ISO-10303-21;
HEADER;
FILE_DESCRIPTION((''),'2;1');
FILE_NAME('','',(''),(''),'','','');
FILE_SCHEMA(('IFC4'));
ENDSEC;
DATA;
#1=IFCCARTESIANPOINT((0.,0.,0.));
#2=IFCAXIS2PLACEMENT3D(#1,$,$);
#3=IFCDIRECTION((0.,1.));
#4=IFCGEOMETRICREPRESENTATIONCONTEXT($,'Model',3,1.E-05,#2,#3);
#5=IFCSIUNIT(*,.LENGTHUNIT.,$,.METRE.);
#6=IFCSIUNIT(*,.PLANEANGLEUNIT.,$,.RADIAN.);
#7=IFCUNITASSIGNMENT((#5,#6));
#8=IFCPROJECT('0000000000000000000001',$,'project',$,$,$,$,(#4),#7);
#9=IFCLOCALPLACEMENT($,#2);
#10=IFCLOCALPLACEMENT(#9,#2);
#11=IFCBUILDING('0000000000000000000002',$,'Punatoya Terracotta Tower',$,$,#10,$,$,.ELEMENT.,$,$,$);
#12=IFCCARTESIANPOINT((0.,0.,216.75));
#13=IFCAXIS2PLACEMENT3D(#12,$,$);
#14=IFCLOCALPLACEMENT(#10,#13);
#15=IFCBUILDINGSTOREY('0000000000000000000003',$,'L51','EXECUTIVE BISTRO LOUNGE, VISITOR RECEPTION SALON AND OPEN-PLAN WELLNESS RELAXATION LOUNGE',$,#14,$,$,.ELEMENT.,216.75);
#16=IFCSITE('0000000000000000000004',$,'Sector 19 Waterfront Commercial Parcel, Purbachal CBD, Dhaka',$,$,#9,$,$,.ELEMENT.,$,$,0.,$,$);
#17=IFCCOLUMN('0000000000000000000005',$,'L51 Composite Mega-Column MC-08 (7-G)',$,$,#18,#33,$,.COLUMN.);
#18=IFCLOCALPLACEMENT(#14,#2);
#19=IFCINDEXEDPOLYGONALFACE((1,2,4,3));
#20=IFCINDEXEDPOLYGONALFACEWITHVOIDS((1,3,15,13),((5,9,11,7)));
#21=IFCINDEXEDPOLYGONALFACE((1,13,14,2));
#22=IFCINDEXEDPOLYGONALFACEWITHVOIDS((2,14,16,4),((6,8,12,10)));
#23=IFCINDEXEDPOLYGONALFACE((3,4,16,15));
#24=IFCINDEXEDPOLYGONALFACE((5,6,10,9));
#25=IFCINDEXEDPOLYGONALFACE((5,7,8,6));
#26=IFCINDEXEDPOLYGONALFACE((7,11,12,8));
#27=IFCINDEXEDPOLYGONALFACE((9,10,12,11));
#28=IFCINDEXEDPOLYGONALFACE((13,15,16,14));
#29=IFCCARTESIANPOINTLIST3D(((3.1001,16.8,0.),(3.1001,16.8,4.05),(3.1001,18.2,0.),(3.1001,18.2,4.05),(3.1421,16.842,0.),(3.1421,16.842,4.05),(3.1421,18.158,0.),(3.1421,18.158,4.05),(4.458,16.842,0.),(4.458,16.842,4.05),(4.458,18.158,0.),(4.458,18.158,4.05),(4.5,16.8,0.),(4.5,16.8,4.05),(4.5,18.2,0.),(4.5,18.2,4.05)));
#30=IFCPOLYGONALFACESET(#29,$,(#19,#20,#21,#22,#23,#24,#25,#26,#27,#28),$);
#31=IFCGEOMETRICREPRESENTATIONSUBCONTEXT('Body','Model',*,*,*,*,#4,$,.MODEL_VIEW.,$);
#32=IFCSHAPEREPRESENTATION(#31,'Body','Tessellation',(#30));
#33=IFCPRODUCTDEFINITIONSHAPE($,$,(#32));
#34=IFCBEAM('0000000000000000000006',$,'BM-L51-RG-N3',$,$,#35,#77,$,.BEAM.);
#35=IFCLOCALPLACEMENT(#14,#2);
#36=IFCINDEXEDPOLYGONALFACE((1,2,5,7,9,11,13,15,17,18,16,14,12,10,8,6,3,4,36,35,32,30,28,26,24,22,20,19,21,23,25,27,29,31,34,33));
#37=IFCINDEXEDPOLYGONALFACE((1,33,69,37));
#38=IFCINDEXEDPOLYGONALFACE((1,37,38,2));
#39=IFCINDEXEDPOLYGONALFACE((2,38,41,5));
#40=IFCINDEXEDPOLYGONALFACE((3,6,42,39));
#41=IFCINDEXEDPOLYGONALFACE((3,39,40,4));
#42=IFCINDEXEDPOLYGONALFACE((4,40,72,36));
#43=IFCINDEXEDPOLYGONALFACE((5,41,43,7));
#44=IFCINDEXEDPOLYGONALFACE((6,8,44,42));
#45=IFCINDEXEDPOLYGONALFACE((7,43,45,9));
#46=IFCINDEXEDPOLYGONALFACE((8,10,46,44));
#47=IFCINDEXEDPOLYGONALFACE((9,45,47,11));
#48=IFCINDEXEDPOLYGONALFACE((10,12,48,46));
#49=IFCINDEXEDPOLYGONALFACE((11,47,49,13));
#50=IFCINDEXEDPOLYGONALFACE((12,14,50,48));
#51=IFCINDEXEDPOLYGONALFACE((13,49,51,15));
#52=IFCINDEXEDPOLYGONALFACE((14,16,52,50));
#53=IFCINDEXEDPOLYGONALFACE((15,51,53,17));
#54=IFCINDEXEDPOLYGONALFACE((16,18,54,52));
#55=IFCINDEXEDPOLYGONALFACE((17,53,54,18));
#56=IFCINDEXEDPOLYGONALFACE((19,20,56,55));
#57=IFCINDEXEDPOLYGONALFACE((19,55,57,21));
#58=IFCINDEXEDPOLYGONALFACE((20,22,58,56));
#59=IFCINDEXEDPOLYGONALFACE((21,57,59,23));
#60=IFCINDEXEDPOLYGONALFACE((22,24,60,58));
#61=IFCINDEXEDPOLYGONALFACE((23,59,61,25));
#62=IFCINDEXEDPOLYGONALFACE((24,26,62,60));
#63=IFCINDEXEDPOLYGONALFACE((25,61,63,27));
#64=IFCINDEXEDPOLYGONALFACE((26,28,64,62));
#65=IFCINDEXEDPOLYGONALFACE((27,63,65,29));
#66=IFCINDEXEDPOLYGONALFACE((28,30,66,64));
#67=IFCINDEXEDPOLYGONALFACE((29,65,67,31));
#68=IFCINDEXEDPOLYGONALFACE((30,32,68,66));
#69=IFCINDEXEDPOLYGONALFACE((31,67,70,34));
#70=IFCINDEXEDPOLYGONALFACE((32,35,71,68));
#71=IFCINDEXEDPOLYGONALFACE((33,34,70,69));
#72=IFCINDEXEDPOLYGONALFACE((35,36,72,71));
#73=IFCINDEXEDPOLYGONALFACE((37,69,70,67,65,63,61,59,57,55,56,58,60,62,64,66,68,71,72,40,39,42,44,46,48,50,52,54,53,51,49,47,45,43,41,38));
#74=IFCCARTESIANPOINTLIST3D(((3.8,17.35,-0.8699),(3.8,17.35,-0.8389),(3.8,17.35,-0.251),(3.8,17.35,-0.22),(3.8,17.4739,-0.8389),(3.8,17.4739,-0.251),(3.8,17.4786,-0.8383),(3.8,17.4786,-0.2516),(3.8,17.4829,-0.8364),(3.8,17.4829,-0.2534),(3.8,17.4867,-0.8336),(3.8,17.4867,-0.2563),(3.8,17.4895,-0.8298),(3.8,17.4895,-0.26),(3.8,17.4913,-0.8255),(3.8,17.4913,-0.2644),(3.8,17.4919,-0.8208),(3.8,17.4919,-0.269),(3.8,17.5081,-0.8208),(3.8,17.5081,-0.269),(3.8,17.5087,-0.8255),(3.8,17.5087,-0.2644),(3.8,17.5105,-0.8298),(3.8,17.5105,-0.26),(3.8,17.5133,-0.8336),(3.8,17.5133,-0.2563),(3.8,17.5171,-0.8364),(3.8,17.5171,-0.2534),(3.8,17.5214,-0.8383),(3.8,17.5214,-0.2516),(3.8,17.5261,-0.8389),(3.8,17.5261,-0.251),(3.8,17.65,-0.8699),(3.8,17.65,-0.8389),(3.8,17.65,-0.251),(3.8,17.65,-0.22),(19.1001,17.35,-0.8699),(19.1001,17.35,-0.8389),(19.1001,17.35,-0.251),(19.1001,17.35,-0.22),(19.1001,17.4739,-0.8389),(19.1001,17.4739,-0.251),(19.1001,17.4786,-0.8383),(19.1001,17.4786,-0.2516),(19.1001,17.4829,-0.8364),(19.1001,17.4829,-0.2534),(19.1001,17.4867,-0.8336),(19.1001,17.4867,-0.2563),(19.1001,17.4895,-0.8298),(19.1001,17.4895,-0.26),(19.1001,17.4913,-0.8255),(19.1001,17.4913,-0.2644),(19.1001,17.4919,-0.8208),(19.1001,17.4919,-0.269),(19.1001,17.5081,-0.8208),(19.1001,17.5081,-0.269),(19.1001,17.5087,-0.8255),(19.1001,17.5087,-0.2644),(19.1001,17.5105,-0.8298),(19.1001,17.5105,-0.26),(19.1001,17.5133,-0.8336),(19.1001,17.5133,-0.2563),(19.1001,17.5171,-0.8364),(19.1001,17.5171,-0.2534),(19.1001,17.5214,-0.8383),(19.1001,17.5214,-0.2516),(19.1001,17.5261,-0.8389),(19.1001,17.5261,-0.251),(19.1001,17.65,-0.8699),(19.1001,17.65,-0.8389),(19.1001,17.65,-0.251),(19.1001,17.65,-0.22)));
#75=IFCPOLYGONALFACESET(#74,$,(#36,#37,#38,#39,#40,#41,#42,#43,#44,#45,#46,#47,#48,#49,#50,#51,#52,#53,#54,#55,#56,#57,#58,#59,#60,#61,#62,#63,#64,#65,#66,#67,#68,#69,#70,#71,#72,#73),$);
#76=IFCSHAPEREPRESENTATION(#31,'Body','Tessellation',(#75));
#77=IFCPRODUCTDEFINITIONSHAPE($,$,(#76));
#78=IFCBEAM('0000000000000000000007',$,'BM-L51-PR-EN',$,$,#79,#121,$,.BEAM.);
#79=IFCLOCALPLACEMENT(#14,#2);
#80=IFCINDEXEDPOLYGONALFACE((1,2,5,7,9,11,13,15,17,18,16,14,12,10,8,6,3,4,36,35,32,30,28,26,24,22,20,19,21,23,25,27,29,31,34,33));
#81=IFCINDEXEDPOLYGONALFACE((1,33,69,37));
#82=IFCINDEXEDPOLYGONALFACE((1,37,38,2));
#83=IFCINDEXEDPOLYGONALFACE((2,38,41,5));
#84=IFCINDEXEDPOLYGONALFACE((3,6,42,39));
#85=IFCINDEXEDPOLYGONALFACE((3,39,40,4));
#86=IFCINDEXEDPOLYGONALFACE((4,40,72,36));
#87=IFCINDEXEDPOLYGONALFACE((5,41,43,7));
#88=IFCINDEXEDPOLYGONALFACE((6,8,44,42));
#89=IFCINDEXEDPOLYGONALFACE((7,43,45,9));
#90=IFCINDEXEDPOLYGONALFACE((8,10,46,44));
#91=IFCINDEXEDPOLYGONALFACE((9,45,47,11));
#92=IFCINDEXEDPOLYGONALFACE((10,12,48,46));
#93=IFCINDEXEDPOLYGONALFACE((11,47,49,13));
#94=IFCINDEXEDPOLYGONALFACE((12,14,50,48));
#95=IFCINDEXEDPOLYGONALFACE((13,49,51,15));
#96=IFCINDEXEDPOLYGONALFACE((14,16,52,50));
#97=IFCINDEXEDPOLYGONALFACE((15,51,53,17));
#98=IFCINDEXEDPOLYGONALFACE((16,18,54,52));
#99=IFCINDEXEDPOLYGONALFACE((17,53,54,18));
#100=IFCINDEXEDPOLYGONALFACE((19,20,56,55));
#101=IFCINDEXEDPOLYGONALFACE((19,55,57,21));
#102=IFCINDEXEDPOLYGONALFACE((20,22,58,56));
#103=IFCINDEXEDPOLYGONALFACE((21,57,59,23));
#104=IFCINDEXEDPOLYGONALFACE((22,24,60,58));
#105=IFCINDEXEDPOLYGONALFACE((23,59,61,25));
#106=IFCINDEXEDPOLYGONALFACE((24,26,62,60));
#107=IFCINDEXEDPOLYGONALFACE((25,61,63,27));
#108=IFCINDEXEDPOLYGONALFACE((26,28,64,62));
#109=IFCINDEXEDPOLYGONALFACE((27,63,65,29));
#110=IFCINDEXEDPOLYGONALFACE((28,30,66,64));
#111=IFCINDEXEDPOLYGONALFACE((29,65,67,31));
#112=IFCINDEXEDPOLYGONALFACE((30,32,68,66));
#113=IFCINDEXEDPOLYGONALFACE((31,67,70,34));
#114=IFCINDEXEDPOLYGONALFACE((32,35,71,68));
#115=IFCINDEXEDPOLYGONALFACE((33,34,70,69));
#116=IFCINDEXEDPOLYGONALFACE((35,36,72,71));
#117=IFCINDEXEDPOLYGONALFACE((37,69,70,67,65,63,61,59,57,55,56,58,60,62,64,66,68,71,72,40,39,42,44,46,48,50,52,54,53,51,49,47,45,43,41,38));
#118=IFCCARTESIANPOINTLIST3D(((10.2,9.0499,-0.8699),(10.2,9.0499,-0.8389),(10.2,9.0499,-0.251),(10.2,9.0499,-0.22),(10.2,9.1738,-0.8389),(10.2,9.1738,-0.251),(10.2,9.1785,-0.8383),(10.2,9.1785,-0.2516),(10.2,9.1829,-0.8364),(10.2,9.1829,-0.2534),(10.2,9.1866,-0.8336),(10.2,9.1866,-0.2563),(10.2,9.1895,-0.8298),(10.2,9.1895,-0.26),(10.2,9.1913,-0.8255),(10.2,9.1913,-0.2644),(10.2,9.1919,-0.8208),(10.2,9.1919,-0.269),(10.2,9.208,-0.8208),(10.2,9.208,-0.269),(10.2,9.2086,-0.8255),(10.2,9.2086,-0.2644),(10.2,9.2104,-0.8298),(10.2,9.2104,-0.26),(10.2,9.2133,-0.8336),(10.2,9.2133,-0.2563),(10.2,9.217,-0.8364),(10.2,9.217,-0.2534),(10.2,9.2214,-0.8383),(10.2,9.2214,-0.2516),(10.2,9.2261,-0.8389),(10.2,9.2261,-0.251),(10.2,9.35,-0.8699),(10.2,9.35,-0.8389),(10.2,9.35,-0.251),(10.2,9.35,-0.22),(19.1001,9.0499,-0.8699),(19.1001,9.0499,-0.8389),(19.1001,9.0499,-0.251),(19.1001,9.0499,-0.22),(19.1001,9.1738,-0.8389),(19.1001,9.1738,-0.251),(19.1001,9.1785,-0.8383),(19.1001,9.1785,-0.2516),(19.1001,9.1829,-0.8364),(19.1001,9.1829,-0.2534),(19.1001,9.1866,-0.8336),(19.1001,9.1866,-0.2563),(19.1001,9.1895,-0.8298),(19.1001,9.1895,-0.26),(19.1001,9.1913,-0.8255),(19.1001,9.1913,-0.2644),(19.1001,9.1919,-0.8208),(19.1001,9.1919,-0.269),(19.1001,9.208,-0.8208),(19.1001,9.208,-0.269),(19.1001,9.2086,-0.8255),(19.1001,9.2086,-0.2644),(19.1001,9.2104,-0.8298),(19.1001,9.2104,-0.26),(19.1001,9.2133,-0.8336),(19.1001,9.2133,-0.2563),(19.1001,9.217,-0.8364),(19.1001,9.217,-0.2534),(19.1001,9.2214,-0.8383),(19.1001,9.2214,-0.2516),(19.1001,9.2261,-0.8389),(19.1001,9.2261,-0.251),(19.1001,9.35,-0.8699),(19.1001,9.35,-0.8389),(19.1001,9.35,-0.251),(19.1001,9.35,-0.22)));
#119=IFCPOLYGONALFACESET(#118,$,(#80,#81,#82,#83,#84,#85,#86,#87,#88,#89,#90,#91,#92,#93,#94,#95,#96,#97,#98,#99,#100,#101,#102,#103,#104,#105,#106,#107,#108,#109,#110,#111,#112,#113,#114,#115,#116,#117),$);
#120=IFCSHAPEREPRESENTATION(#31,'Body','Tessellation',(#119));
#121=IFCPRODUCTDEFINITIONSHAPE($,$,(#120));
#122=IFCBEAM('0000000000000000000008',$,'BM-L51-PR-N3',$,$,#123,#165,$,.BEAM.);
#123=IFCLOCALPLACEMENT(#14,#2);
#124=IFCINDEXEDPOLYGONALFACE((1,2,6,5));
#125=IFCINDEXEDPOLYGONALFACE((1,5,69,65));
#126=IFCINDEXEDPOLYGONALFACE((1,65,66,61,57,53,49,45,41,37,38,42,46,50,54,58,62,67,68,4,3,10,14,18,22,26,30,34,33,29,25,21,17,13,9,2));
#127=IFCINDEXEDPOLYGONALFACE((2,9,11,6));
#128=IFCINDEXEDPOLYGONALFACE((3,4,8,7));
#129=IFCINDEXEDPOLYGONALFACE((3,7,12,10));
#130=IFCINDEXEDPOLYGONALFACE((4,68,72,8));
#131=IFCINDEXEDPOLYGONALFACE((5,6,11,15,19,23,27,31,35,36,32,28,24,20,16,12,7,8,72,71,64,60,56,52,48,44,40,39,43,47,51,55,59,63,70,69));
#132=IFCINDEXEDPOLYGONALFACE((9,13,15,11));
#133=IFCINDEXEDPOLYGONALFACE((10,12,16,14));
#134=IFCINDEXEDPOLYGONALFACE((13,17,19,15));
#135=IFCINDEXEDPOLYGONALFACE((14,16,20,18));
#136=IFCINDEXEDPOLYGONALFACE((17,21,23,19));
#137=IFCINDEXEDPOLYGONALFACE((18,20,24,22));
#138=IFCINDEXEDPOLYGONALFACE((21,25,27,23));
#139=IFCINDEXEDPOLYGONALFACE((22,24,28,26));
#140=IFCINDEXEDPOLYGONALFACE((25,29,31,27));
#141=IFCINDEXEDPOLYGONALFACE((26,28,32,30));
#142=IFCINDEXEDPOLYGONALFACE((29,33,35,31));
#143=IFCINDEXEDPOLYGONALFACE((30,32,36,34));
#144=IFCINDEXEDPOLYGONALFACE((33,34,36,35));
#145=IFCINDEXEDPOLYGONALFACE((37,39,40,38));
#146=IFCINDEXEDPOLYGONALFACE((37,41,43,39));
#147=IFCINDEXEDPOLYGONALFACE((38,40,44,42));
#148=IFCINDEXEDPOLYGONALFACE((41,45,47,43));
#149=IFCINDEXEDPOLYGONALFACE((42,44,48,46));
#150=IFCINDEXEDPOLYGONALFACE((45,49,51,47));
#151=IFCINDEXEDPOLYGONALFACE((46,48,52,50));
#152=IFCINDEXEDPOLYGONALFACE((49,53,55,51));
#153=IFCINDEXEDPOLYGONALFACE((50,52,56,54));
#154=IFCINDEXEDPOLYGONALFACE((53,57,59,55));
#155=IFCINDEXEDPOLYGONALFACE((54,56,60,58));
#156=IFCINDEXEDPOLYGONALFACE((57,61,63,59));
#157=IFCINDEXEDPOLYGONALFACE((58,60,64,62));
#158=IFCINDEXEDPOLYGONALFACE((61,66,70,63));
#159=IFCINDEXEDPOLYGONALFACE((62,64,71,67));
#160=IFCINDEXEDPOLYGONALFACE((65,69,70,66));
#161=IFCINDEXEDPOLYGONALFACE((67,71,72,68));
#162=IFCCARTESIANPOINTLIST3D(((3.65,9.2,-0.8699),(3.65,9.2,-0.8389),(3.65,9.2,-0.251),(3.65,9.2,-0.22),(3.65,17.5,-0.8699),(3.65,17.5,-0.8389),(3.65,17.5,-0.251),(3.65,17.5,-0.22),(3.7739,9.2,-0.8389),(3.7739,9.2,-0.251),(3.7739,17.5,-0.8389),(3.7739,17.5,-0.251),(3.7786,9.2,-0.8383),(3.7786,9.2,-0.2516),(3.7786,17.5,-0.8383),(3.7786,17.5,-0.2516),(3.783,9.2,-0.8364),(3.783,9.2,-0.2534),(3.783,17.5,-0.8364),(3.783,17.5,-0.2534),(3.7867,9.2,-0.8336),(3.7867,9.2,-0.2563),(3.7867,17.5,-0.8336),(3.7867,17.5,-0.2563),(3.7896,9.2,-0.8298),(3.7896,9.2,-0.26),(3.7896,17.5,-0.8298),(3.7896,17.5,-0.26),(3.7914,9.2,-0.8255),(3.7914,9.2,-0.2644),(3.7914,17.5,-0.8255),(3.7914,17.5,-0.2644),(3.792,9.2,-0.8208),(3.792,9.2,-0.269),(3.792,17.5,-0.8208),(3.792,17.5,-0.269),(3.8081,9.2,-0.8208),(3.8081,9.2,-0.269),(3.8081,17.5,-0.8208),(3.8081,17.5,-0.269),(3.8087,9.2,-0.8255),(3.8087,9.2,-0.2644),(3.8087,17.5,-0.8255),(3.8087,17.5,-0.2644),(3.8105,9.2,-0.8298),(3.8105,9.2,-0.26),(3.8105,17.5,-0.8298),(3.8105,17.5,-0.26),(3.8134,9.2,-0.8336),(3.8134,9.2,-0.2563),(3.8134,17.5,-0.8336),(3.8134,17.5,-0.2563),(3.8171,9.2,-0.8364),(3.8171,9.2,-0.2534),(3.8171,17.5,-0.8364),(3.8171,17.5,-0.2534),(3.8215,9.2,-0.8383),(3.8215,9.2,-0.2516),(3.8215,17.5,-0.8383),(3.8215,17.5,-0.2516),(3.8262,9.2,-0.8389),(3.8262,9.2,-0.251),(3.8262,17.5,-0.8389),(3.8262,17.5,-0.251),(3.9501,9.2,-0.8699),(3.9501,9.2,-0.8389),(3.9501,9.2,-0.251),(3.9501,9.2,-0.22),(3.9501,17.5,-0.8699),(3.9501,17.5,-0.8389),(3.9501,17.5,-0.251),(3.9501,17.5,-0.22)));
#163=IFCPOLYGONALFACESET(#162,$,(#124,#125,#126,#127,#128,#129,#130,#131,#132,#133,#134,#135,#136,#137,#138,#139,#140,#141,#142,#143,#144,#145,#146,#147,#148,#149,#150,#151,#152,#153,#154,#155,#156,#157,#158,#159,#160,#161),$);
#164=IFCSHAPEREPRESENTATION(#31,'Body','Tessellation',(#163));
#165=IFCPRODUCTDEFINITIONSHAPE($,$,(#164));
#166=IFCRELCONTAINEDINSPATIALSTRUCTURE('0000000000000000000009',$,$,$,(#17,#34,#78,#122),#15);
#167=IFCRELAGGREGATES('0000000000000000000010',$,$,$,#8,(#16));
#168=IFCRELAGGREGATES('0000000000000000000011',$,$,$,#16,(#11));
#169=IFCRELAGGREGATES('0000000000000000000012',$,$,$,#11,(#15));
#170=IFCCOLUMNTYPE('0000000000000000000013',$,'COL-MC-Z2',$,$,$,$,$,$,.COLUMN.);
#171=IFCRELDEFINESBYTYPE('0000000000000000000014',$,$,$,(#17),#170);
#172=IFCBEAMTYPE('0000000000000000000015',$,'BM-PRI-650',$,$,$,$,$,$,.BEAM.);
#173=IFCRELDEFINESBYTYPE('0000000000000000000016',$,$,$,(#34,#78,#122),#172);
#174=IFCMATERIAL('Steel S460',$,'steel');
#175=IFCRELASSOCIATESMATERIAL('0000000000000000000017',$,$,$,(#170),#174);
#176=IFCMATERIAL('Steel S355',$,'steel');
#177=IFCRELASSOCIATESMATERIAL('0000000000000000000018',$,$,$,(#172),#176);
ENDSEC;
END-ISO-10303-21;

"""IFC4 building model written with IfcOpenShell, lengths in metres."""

from ifc_helpers import new_model, si_unit, direction, frame, origin, origin_2d, place, context, subcontext, project, spatial, hollow_rectangle, i_section, extrude, material, material_profile, profile_set, type_object, element, save


model = new_model("IFC4")

# Units and contexts
model_context = context("Model", 3, precision=1e-05, world=origin(), true_north=direction((0.0, 1.0)))
body_context = subcontext(model_context, "Body", "Model", "MODEL_VIEW")
ifc_project = project(units=[si_unit("LENGTHUNIT", "METRE"), si_unit("PLANEANGLEUNIT", "RADIAN")], contexts=[model_context])

# Site, building, storey
site_placement = place(None, origin())
site = spatial("IfcSite", under=ifc_project, at=site_placement, Name="Sector 19 Waterfront Commercial Parcel, Purbachal CBD, Dhaka", CompositionType="ELEMENT", RefElevation=0.0)
building_placement = place(site_placement, origin())
building = spatial("IfcBuilding", under=site, at=building_placement, Name="Punatoya Terracotta Tower", CompositionType="ELEMENT")
storey_placement = place(building_placement, frame((0.0, 0.0, 216.75)))
storey = spatial("IfcBuildingStorey", under=building, at=storey_placement, Name="L51", Description="EXECUTIVE BISTRO LOUNGE, VISITOR RECEPTION SALON AND OPEN-PLAN WELLNESS RELAXATION LOUNGE", CompositionType="ELEMENT", Elevation=216.75)

# Column
ifc_material_1 = material(Name="Steel S460", Category="steel")
ifc_material_profile_1 = material_profile(ifc_material_1, hollow_rectangle(XDim=1.3999, YDim=1.3999, WallThickness=0.042, at=origin_2d()))
ifc_profile_set_1 = profile_set([ifc_material_profile_1], Name="Steel S460")
column_type = type_object("IfcColumnType", Name="COL-MC-Z2", PredefinedType="COLUMN", material=ifc_profile_set_1)
column_placement = place(storey_placement, frame((3.8, 17.5, 0.0), z_axis=(0.0, 0.0, 1.0), x_axis=(1.0, 0.0, 0.0)))
element("IfcColumn", 1, at=column_placement, inside=storey, type_object=column_type, Name="L51 Composite Mega-Column MC-08 (7-G)", PredefinedType="COLUMN", context=body_context, shape_type="SweptSolid", body=[
    extrude(hollow_rectangle(XDim=1.3999, YDim=1.3999, WallThickness=0.042, at=origin_2d()), origin(), (0.0, 0.0, 1.0), 4.05),
])

# Beams
ifc_material_2 = material(Name="Steel S355", Category="steel")
ifc_material_profile_2 = material_profile(ifc_material_2, i_section(OverallWidth=0.3, OverallDepth=0.6499, WebThickness=0.0161, FlangeThickness=0.031, FilletRadius=0.0181, at=origin_2d()))
ifc_profile_set_2 = profile_set([ifc_material_profile_2], Name="Steel S355")
beam_type_1 = type_object("IfcBeamType", Name="BM-PRI-650", PredefinedType="BEAM", material=ifc_profile_set_2)
beam_1_placement = place(storey_placement, frame((3.8, 17.5, -0.5449), z_axis=(1.0, 0.0, 0.0), x_axis=(0.0, 1.0, 0.0)))
element("IfcBeam", 2, at=beam_1_placement, inside=storey, type_object=beam_type_1, Name="BM-L51-RG-N3", PredefinedType="BEAM", context=body_context, shape_type="SweptSolid", body=[
    extrude(i_section(OverallWidth=0.3, OverallDepth=0.6499, WebThickness=0.0161, FlangeThickness=0.031, FilletRadius=0.0181, at=origin_2d()), origin(), (0.0, 0.0, 1.0), 15.3),
])
beam_2_placement = place(storey_placement, frame((10.2, 9.2, -0.5449), z_axis=(1.0, 0.0, 0.0), x_axis=(0.0, 1.0, 0.0)))
element("IfcBeam", 3, at=beam_2_placement, inside=storey, type_object=beam_type_1, Name="BM-L51-PR-EN", PredefinedType="BEAM", context=body_context, shape_type="SweptSolid", body=[
    extrude(i_section(OverallWidth=0.3, OverallDepth=0.6499, WebThickness=0.0161, FlangeThickness=0.031, FilletRadius=0.0181, at=origin_2d()), origin(), (0.0, 0.0, 1.0), 8.9001),
])
for number, where, z_axis, x_axis, name in (
    (4, (3.8, 9.2, -0.5449), (0.0, 1.0, 0.0), (-1.0, 0.0, 0.0), "BM-L51-PR-N3"),
):
    element("IfcBeam", number, at=place(storey_placement, frame(where, z_axis=z_axis, x_axis=x_axis)), inside=storey, type_object=beam_type_1, Name=name, PredefinedType="BEAM", context=body_context, shape_type="SweptSolid", body=[
        extrude(i_section(OverallWidth=0.3, OverallDepth=0.6499, WebThickness=0.0161, FlangeThickness=0.031, FilletRadius=0.0181, at=origin_2d()), origin(), (0.0, 0.0, 1.0), 8.3),
    ])

save(model, "model.ifc")
